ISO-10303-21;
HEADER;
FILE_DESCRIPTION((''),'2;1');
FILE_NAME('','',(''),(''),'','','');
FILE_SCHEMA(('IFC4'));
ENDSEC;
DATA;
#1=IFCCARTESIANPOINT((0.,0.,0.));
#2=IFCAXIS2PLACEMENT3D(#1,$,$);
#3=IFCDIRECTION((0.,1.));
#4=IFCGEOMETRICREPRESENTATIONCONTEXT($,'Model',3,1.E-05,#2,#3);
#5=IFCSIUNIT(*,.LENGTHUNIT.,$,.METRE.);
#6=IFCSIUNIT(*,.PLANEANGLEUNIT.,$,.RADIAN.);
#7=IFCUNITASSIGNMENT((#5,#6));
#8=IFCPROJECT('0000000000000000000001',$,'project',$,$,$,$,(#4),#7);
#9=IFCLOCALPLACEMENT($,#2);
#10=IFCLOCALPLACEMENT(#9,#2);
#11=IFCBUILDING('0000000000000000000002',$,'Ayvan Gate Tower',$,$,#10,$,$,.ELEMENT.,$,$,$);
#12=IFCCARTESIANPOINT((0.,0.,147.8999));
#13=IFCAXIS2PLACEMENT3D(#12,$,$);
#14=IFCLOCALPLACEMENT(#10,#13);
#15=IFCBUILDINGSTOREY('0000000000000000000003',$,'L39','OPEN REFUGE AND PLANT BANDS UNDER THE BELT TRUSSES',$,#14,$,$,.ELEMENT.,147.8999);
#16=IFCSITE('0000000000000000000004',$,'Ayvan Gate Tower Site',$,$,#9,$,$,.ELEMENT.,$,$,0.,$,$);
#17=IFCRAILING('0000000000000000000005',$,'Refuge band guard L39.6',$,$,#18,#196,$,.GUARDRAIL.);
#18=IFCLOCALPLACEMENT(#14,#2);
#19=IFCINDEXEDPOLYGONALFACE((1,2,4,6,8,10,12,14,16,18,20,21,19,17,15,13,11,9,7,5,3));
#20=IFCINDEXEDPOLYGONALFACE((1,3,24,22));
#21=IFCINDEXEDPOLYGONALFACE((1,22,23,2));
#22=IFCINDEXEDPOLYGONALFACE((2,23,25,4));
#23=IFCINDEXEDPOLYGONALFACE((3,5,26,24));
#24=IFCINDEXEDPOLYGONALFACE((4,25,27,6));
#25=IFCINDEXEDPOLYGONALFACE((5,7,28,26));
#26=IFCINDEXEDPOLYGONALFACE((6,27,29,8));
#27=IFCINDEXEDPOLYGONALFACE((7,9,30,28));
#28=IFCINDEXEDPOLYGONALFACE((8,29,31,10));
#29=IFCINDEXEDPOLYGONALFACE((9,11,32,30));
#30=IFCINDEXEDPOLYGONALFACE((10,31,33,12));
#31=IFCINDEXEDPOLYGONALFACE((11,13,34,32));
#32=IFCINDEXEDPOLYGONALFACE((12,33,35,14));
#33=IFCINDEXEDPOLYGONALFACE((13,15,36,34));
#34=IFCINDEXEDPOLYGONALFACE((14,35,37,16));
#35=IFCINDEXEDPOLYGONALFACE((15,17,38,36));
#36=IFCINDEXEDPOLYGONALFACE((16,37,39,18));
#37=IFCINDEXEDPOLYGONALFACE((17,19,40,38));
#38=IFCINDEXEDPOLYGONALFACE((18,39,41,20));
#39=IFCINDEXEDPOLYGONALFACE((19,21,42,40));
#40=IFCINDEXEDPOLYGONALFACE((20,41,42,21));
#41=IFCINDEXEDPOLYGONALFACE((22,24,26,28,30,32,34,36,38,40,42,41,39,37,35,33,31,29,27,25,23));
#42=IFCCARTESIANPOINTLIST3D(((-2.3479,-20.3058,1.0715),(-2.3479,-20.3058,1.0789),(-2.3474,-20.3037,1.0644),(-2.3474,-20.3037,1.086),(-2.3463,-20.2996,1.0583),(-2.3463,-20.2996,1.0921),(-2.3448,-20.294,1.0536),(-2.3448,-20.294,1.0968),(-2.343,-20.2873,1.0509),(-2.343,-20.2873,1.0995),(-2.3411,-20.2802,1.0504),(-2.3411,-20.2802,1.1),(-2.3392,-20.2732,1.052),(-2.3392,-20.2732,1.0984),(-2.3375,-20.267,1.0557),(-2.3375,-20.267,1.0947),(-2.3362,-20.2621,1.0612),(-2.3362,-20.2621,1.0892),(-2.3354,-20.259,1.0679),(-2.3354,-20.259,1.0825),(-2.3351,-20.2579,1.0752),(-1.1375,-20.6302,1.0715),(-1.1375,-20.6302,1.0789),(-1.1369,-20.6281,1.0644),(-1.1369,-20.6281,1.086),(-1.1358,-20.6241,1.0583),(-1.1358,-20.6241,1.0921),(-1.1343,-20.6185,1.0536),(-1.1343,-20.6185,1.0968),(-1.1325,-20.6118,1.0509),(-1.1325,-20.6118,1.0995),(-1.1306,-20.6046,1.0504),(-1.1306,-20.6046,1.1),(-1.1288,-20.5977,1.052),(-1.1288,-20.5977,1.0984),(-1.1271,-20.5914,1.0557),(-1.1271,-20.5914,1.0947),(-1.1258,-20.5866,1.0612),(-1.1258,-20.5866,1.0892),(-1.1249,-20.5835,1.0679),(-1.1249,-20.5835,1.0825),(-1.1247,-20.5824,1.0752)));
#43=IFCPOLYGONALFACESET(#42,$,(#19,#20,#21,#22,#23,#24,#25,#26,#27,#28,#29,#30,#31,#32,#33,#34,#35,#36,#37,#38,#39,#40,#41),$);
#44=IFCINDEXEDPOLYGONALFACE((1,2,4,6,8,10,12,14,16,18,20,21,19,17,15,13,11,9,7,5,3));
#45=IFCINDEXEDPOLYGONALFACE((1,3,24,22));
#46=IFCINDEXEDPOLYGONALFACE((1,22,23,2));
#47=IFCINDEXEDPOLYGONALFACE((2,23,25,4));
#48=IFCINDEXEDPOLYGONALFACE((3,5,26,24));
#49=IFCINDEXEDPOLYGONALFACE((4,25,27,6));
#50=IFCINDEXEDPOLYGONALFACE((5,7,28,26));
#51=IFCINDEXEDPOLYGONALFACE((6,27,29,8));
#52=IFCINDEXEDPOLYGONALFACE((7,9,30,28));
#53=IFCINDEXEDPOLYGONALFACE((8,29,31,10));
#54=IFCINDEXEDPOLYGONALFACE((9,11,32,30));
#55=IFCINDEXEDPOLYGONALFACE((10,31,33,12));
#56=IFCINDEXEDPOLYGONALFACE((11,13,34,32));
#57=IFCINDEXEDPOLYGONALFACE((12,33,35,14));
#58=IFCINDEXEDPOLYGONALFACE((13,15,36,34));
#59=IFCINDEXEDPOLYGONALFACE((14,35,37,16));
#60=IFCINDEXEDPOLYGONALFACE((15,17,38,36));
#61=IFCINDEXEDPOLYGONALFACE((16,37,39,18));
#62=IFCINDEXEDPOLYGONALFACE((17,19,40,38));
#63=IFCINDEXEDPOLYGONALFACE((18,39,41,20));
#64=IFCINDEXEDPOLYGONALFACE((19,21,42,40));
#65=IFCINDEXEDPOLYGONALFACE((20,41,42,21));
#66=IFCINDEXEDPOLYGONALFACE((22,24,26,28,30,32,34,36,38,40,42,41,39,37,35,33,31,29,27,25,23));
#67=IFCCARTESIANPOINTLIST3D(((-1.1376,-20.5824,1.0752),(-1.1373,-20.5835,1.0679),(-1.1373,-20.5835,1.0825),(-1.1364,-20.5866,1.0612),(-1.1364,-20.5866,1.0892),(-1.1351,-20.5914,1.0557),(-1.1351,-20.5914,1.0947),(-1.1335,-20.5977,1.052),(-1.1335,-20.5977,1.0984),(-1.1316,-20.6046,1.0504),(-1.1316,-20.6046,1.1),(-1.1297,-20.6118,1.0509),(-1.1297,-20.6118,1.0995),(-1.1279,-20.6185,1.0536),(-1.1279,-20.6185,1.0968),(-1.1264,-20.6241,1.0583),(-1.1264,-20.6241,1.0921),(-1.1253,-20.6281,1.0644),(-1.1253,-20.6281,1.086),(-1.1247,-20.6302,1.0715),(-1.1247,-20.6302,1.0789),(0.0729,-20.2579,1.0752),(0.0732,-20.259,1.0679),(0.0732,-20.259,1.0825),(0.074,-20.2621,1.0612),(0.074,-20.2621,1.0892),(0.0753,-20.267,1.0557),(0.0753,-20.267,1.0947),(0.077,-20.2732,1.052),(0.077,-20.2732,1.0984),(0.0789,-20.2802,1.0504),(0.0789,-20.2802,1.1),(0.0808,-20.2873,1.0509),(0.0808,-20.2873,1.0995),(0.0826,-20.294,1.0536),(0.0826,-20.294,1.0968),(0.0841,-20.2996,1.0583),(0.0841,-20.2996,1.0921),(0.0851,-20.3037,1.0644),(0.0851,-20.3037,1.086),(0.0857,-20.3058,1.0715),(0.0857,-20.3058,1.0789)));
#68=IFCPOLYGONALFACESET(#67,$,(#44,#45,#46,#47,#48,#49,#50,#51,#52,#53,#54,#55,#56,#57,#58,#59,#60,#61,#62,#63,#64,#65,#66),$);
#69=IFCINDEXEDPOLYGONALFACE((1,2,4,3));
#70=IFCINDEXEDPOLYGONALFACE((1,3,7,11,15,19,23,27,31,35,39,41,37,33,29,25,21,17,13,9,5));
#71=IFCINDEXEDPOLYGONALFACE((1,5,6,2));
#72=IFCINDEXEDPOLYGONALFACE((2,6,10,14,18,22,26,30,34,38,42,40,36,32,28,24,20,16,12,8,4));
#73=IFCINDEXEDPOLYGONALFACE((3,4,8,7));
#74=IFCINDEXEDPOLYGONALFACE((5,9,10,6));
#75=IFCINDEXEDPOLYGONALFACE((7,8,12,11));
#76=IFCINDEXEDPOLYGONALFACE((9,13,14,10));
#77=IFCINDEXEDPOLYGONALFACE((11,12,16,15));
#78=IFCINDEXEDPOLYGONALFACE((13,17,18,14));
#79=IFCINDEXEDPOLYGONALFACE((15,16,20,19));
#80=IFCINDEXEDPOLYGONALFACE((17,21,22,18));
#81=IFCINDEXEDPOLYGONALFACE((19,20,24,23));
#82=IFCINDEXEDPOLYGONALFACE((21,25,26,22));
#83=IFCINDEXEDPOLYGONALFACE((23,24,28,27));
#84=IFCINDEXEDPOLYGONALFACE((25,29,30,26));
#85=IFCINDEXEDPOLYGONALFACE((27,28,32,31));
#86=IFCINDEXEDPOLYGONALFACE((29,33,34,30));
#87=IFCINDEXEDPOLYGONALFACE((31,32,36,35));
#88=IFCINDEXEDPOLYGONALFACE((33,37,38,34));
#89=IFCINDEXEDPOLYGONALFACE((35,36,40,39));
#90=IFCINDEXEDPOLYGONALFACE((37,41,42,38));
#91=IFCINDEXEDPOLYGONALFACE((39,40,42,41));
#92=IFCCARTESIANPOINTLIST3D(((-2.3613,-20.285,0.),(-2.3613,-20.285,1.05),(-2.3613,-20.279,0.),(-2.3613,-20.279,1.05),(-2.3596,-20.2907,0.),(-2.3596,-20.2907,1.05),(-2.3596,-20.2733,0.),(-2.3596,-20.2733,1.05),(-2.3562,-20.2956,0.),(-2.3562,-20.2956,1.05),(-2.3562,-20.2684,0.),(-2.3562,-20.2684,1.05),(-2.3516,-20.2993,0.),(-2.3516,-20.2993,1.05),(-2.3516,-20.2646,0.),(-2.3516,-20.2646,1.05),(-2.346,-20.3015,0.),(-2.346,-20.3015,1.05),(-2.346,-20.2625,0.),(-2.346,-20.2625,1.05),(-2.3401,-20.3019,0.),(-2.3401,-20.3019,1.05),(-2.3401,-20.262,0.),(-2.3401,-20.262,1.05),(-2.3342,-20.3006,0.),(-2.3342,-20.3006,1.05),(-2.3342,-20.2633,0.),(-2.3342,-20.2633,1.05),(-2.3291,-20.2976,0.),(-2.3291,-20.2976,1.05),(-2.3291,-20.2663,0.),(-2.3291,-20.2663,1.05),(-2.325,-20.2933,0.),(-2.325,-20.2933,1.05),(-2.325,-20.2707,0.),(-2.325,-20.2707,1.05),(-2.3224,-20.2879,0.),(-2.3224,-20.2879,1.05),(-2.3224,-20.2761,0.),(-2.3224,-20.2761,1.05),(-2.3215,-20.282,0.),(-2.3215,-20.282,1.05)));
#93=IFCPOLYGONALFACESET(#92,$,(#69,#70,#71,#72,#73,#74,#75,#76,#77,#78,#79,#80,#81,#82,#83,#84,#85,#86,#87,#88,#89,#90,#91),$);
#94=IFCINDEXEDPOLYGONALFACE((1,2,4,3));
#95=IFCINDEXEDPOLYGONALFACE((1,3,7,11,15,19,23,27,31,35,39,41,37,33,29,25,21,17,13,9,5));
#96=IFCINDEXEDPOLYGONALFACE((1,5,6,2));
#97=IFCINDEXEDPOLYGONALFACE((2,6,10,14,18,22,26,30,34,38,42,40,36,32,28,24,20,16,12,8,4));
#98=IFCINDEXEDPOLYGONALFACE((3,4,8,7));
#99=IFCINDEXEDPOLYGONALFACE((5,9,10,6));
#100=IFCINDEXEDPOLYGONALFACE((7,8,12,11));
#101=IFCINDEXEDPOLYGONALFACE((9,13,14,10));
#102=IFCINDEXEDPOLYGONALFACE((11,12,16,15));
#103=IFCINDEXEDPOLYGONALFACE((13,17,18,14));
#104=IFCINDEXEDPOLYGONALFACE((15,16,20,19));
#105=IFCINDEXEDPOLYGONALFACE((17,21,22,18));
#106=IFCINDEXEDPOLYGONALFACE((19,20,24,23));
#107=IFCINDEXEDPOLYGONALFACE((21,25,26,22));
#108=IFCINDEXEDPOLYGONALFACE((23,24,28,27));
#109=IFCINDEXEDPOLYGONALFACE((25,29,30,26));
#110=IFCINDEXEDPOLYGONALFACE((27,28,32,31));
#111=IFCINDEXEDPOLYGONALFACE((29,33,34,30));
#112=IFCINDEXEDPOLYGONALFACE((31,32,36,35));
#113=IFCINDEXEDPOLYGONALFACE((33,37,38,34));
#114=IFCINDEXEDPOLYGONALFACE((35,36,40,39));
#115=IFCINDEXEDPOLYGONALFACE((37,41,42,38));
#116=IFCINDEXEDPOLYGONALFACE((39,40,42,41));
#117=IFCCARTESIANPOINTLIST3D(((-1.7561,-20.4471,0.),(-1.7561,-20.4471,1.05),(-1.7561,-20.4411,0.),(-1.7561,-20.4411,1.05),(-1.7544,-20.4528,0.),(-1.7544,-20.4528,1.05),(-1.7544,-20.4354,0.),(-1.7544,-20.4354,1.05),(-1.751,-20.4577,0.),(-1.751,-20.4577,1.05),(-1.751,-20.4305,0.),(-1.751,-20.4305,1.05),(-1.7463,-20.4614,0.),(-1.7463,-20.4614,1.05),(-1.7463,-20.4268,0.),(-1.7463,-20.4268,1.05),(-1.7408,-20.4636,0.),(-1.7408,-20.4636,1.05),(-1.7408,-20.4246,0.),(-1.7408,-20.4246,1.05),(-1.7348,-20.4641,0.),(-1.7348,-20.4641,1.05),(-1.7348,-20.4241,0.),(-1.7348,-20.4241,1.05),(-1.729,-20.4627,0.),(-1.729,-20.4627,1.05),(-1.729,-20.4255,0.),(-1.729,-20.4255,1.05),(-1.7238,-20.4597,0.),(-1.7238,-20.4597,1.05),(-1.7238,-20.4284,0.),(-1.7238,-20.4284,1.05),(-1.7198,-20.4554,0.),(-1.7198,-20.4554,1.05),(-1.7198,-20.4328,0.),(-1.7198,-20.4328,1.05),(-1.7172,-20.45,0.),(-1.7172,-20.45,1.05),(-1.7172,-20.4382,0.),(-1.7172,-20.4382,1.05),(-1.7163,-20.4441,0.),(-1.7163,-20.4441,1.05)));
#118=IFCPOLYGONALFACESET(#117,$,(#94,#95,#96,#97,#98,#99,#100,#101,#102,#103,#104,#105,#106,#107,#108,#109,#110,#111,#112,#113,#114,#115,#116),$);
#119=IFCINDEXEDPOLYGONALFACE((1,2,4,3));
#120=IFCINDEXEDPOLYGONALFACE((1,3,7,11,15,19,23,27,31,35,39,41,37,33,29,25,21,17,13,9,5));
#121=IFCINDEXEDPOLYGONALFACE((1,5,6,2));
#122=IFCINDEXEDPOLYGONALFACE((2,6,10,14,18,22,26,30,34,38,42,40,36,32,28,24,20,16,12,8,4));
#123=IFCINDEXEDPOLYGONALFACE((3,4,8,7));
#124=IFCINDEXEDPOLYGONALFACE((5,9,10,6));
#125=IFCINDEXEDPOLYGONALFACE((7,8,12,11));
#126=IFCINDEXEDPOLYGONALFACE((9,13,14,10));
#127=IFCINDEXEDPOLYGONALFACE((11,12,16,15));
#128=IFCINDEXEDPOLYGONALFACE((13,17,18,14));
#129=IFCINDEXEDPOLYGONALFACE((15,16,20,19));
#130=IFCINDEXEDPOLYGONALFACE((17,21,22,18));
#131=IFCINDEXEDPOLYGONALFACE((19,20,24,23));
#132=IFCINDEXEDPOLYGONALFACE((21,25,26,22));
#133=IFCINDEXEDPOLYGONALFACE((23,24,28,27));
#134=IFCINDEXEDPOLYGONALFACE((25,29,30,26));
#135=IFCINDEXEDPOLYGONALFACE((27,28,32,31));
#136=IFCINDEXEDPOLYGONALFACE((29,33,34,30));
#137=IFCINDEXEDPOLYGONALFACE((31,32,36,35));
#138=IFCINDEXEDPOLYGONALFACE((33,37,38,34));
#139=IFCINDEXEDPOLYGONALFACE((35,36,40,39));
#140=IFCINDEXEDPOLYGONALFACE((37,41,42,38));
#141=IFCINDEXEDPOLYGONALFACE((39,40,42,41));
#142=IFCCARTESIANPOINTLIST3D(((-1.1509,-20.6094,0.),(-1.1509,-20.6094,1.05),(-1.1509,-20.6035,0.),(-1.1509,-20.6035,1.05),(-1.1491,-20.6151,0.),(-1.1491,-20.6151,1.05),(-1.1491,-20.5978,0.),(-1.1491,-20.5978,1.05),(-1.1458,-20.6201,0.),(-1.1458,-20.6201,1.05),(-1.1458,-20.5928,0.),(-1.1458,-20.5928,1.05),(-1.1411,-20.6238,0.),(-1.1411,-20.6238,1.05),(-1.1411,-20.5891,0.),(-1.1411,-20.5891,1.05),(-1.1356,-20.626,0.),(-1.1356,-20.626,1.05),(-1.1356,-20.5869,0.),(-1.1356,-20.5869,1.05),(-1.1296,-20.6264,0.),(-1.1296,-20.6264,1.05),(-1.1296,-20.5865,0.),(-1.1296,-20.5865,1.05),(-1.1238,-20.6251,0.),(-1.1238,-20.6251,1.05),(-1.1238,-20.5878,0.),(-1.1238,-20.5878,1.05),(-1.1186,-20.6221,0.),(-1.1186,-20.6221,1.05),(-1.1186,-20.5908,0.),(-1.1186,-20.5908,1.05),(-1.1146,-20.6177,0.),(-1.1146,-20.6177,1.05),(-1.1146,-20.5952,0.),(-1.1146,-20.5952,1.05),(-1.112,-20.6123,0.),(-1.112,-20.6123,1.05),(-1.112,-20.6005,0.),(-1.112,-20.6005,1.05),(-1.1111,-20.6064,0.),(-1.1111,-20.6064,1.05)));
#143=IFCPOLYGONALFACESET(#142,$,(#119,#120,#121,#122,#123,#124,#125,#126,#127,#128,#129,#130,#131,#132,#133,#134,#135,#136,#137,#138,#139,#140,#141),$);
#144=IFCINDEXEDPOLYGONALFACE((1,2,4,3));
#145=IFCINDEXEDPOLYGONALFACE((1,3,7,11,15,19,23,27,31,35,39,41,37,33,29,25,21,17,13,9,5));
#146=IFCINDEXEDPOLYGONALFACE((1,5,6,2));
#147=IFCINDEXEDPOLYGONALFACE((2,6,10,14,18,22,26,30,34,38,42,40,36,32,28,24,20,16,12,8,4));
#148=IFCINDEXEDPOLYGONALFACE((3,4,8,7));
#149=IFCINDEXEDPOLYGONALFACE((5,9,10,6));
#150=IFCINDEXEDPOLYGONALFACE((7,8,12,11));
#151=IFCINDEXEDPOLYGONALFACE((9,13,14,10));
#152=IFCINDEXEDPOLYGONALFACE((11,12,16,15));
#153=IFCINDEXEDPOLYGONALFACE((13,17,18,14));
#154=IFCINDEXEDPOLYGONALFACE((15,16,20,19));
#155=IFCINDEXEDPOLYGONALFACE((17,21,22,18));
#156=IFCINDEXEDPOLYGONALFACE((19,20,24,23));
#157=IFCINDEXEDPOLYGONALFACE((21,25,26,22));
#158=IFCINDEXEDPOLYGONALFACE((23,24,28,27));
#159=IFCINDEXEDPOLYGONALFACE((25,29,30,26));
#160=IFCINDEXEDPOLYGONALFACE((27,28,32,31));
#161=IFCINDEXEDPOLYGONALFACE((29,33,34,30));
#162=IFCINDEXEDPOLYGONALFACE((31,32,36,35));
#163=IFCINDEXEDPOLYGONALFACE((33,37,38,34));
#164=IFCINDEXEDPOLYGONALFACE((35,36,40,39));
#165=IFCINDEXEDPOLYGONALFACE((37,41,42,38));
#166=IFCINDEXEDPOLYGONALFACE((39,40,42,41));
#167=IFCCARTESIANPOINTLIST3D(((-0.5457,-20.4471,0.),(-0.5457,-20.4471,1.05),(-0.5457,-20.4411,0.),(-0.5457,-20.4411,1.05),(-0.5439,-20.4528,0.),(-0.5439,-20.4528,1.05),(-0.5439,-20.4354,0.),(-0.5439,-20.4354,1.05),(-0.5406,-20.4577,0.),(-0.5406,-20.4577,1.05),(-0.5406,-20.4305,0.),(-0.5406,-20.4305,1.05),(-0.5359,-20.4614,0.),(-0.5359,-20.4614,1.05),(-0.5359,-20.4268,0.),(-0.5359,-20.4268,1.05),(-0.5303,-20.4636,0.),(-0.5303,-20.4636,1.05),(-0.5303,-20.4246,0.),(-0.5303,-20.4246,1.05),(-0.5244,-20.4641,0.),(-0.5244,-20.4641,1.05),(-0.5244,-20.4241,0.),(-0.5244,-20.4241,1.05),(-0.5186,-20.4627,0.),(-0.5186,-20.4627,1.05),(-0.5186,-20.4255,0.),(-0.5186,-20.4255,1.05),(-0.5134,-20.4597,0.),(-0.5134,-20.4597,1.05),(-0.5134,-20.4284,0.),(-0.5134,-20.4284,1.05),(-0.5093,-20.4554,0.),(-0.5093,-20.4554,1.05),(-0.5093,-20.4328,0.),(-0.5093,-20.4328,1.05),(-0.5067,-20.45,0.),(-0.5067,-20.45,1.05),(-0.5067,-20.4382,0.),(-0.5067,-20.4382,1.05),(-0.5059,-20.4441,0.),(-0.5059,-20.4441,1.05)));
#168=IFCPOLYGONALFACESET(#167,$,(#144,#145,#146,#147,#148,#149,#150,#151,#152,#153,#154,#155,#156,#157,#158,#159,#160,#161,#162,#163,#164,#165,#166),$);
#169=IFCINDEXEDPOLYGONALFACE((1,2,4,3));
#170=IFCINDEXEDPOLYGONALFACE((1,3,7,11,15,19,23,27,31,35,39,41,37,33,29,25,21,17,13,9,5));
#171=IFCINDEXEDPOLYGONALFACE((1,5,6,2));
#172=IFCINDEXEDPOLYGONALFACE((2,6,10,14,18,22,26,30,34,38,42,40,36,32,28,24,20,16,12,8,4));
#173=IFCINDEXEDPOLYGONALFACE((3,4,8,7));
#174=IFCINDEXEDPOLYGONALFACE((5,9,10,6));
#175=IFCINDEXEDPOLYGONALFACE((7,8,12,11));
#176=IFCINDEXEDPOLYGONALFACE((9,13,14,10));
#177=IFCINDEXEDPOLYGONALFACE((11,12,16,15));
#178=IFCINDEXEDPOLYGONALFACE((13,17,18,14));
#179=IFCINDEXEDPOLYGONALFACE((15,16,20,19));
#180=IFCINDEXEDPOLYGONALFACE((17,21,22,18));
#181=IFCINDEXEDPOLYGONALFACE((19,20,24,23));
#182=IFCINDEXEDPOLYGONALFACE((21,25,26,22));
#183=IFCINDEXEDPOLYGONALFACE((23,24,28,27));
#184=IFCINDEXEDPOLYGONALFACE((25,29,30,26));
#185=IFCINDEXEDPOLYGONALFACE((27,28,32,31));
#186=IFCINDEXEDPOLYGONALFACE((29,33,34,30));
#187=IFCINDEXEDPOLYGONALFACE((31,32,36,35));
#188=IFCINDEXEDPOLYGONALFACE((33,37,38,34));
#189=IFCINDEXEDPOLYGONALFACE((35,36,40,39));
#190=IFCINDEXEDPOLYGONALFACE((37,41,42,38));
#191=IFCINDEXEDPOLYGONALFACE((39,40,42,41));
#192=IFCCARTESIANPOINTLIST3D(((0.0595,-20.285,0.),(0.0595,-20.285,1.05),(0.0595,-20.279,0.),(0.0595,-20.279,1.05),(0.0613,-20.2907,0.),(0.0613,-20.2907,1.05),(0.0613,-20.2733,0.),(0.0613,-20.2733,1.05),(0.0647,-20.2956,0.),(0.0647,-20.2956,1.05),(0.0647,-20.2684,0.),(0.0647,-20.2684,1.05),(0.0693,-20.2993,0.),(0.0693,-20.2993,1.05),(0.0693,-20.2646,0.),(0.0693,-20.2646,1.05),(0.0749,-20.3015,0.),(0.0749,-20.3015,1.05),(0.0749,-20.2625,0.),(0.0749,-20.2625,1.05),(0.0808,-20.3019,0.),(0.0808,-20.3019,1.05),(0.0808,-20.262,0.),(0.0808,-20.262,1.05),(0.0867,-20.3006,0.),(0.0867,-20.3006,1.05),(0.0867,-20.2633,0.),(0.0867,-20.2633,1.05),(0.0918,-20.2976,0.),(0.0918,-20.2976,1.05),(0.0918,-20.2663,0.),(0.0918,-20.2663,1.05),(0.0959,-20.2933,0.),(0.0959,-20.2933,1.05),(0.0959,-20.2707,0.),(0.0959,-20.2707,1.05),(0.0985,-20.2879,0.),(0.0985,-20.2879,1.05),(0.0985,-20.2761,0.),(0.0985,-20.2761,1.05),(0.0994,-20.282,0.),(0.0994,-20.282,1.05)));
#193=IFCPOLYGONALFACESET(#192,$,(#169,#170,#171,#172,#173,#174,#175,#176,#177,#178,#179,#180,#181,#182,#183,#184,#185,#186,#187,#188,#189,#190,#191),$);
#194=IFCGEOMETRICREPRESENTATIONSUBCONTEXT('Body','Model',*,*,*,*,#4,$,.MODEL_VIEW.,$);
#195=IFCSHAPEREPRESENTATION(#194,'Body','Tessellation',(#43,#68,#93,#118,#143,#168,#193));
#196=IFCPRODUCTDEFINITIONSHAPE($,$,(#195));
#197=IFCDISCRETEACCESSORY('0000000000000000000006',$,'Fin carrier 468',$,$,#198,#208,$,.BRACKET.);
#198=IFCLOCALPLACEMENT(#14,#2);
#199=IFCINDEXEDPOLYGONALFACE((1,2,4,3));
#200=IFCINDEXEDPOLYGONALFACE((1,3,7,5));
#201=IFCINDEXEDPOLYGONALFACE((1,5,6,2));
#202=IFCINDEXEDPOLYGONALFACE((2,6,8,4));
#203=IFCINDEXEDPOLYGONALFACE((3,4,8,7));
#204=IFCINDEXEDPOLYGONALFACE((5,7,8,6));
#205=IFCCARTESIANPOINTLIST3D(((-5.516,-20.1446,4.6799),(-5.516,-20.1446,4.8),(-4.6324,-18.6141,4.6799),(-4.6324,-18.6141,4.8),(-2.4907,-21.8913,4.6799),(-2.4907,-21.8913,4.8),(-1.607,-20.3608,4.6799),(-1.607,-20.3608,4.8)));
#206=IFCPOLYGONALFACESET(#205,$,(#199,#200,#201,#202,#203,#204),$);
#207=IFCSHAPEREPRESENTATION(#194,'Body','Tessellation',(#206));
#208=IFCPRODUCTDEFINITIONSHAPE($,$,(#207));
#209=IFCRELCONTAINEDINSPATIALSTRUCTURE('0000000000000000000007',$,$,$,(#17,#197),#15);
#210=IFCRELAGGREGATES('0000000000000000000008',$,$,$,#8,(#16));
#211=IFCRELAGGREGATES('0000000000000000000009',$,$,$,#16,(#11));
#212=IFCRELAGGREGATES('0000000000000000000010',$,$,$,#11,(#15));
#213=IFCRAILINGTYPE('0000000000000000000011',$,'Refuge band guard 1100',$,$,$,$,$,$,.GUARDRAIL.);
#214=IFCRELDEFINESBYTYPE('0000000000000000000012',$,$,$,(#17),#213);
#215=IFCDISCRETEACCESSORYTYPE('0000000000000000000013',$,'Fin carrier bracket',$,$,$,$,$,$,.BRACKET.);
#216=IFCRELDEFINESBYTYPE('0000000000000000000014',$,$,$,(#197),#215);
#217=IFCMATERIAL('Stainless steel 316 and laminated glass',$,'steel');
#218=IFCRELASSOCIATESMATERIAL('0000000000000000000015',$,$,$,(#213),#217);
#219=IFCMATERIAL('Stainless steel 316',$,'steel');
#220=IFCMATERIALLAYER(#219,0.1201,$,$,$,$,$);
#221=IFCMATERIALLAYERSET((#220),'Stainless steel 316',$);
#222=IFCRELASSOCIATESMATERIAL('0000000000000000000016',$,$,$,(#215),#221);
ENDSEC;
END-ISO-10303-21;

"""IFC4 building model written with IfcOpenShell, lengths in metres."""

from ifc_helpers import new_model, si_unit, direction, frame, origin, origin_2d, place, context, subcontext, project, spatial, rectangle, circle, extrude, material, layer, layer_set, type_object, element, save


model = new_model("IFC4")

# Units and contexts
model_context = context("Model", 3, precision=1e-05, world=origin(), true_north=direction((0.0, 1.0)))
body_context = subcontext(model_context, "Body", "Model", "MODEL_VIEW")
ifc_project = project(units=[si_unit("LENGTHUNIT", "METRE"), si_unit("PLANEANGLEUNIT", "RADIAN")], contexts=[model_context])

# Site, building, storey
site_placement = place(None, origin())
site = spatial("IfcSite", under=ifc_project, at=site_placement, Name="Ayvan Gate Tower Site", CompositionType="ELEMENT", RefElevation=0.0)
building_placement = place(site_placement, origin())
building = spatial("IfcBuilding", under=site, at=building_placement, Name="Ayvan Gate Tower", CompositionType="ELEMENT")
storey_placement = place(building_placement, frame((0.0, 0.0, 147.8999)))
storey = spatial("IfcBuildingStorey", under=building, at=storey_placement, Name="L39", Description="OPEN REFUGE AND PLANT BANDS UNDER THE BELT TRUSSES", CompositionType="ELEMENT", Elevation=147.8999)

# Railing
ifc_material_1 = material(Name="Stainless steel 316 and laminated glass", Category="steel")
railing_type = type_object("IfcRailingType", Name="Refuge band guard 1100", PredefinedType="GUARDRAIL", material=ifc_material_1)
railing_placement = place(storey_placement, frame((-2.3416, -20.282, 0.0)))
element("IfcRailing", 1, at=railing_placement, inside=storey, type_object=railing_type, Name="Refuge band guard L39.6", PredefinedType="GUARDRAIL", context=body_context, shape_type="SweptSolid", body=[
    extrude(circle(Radius=0.0249, at=origin_2d()), frame((0.0, 0.0, 1.0752), z_axis=(0.965901, -0.258911, 0.0), x_axis=(0.258911, 0.965901, 0.0)), (0.0, 0.0, 1.0), 1.2532),
    extrude(circle(Radius=0.0249, at=origin_2d()), frame((1.2104, -0.3245, 1.0752), z_axis=(0.965901, 0.258911, 0.0), x_axis=(-0.258911, 0.965901, 0.0)), (0.0, 0.0, 1.0), 1.2532),
    extrude(circle(Radius=0.02, at=origin_2d()), origin(), (0.0, 0.0, 1.0), 1.05),
    extrude(circle(Radius=0.02, at=origin_2d()), frame((0.6052, -0.1621, 0.0)), (0.0, 0.0, 1.0), 1.05),
    extrude(circle(Radius=0.02, at=origin_2d()), frame((1.2104, -0.3245, 0.0)), (0.0, 0.0, 1.0), 1.05),
    extrude(circle(Radius=0.02, at=origin_2d()), frame((1.8157, -0.1621, 0.0)), (0.0, 0.0, 1.0), 1.05),
    extrude(circle(Radius=0.02, at=origin_2d()), frame((2.4209, 0.0, 0.0)), (0.0, 0.0, 1.0), 1.05),
])

# Discrete accessory
ifc_material_2 = material(Name="Stainless steel 316", Category="steel")
ifc_layer_1 = layer(ifc_material_2, 0.1201)
ifc_layer_set_1 = layer_set([ifc_layer_1], Name="Stainless steel 316")
discrete_accessory_type_1 = type_object("IfcDiscreteAccessoryType", Name="Fin carrier bracket", PredefinedType="BRACKET", material=ifc_layer_set_1)
discrete_accessory_1_placement = place(storey_placement, frame((-3.5615, -20.2527, 4.6799), z_axis=(0.0, 0.0, 1.0), x_axis=(0.866025, -0.5, 0.0)))
element("IfcDiscreteAccessory", 2, at=discrete_accessory_1_placement, inside=storey, type_object=discrete_accessory_type_1, Name="Fin carrier 468", PredefinedType="BRACKET", context=body_context, shape_type="SweptSolid", body=[
    extrude(rectangle(XDim=3.4934, YDim=1.7673, at=origin_2d()), origin(), (0.0, 0.0, 1.0), 0.1201),
])

save(model, "model.ifc")
